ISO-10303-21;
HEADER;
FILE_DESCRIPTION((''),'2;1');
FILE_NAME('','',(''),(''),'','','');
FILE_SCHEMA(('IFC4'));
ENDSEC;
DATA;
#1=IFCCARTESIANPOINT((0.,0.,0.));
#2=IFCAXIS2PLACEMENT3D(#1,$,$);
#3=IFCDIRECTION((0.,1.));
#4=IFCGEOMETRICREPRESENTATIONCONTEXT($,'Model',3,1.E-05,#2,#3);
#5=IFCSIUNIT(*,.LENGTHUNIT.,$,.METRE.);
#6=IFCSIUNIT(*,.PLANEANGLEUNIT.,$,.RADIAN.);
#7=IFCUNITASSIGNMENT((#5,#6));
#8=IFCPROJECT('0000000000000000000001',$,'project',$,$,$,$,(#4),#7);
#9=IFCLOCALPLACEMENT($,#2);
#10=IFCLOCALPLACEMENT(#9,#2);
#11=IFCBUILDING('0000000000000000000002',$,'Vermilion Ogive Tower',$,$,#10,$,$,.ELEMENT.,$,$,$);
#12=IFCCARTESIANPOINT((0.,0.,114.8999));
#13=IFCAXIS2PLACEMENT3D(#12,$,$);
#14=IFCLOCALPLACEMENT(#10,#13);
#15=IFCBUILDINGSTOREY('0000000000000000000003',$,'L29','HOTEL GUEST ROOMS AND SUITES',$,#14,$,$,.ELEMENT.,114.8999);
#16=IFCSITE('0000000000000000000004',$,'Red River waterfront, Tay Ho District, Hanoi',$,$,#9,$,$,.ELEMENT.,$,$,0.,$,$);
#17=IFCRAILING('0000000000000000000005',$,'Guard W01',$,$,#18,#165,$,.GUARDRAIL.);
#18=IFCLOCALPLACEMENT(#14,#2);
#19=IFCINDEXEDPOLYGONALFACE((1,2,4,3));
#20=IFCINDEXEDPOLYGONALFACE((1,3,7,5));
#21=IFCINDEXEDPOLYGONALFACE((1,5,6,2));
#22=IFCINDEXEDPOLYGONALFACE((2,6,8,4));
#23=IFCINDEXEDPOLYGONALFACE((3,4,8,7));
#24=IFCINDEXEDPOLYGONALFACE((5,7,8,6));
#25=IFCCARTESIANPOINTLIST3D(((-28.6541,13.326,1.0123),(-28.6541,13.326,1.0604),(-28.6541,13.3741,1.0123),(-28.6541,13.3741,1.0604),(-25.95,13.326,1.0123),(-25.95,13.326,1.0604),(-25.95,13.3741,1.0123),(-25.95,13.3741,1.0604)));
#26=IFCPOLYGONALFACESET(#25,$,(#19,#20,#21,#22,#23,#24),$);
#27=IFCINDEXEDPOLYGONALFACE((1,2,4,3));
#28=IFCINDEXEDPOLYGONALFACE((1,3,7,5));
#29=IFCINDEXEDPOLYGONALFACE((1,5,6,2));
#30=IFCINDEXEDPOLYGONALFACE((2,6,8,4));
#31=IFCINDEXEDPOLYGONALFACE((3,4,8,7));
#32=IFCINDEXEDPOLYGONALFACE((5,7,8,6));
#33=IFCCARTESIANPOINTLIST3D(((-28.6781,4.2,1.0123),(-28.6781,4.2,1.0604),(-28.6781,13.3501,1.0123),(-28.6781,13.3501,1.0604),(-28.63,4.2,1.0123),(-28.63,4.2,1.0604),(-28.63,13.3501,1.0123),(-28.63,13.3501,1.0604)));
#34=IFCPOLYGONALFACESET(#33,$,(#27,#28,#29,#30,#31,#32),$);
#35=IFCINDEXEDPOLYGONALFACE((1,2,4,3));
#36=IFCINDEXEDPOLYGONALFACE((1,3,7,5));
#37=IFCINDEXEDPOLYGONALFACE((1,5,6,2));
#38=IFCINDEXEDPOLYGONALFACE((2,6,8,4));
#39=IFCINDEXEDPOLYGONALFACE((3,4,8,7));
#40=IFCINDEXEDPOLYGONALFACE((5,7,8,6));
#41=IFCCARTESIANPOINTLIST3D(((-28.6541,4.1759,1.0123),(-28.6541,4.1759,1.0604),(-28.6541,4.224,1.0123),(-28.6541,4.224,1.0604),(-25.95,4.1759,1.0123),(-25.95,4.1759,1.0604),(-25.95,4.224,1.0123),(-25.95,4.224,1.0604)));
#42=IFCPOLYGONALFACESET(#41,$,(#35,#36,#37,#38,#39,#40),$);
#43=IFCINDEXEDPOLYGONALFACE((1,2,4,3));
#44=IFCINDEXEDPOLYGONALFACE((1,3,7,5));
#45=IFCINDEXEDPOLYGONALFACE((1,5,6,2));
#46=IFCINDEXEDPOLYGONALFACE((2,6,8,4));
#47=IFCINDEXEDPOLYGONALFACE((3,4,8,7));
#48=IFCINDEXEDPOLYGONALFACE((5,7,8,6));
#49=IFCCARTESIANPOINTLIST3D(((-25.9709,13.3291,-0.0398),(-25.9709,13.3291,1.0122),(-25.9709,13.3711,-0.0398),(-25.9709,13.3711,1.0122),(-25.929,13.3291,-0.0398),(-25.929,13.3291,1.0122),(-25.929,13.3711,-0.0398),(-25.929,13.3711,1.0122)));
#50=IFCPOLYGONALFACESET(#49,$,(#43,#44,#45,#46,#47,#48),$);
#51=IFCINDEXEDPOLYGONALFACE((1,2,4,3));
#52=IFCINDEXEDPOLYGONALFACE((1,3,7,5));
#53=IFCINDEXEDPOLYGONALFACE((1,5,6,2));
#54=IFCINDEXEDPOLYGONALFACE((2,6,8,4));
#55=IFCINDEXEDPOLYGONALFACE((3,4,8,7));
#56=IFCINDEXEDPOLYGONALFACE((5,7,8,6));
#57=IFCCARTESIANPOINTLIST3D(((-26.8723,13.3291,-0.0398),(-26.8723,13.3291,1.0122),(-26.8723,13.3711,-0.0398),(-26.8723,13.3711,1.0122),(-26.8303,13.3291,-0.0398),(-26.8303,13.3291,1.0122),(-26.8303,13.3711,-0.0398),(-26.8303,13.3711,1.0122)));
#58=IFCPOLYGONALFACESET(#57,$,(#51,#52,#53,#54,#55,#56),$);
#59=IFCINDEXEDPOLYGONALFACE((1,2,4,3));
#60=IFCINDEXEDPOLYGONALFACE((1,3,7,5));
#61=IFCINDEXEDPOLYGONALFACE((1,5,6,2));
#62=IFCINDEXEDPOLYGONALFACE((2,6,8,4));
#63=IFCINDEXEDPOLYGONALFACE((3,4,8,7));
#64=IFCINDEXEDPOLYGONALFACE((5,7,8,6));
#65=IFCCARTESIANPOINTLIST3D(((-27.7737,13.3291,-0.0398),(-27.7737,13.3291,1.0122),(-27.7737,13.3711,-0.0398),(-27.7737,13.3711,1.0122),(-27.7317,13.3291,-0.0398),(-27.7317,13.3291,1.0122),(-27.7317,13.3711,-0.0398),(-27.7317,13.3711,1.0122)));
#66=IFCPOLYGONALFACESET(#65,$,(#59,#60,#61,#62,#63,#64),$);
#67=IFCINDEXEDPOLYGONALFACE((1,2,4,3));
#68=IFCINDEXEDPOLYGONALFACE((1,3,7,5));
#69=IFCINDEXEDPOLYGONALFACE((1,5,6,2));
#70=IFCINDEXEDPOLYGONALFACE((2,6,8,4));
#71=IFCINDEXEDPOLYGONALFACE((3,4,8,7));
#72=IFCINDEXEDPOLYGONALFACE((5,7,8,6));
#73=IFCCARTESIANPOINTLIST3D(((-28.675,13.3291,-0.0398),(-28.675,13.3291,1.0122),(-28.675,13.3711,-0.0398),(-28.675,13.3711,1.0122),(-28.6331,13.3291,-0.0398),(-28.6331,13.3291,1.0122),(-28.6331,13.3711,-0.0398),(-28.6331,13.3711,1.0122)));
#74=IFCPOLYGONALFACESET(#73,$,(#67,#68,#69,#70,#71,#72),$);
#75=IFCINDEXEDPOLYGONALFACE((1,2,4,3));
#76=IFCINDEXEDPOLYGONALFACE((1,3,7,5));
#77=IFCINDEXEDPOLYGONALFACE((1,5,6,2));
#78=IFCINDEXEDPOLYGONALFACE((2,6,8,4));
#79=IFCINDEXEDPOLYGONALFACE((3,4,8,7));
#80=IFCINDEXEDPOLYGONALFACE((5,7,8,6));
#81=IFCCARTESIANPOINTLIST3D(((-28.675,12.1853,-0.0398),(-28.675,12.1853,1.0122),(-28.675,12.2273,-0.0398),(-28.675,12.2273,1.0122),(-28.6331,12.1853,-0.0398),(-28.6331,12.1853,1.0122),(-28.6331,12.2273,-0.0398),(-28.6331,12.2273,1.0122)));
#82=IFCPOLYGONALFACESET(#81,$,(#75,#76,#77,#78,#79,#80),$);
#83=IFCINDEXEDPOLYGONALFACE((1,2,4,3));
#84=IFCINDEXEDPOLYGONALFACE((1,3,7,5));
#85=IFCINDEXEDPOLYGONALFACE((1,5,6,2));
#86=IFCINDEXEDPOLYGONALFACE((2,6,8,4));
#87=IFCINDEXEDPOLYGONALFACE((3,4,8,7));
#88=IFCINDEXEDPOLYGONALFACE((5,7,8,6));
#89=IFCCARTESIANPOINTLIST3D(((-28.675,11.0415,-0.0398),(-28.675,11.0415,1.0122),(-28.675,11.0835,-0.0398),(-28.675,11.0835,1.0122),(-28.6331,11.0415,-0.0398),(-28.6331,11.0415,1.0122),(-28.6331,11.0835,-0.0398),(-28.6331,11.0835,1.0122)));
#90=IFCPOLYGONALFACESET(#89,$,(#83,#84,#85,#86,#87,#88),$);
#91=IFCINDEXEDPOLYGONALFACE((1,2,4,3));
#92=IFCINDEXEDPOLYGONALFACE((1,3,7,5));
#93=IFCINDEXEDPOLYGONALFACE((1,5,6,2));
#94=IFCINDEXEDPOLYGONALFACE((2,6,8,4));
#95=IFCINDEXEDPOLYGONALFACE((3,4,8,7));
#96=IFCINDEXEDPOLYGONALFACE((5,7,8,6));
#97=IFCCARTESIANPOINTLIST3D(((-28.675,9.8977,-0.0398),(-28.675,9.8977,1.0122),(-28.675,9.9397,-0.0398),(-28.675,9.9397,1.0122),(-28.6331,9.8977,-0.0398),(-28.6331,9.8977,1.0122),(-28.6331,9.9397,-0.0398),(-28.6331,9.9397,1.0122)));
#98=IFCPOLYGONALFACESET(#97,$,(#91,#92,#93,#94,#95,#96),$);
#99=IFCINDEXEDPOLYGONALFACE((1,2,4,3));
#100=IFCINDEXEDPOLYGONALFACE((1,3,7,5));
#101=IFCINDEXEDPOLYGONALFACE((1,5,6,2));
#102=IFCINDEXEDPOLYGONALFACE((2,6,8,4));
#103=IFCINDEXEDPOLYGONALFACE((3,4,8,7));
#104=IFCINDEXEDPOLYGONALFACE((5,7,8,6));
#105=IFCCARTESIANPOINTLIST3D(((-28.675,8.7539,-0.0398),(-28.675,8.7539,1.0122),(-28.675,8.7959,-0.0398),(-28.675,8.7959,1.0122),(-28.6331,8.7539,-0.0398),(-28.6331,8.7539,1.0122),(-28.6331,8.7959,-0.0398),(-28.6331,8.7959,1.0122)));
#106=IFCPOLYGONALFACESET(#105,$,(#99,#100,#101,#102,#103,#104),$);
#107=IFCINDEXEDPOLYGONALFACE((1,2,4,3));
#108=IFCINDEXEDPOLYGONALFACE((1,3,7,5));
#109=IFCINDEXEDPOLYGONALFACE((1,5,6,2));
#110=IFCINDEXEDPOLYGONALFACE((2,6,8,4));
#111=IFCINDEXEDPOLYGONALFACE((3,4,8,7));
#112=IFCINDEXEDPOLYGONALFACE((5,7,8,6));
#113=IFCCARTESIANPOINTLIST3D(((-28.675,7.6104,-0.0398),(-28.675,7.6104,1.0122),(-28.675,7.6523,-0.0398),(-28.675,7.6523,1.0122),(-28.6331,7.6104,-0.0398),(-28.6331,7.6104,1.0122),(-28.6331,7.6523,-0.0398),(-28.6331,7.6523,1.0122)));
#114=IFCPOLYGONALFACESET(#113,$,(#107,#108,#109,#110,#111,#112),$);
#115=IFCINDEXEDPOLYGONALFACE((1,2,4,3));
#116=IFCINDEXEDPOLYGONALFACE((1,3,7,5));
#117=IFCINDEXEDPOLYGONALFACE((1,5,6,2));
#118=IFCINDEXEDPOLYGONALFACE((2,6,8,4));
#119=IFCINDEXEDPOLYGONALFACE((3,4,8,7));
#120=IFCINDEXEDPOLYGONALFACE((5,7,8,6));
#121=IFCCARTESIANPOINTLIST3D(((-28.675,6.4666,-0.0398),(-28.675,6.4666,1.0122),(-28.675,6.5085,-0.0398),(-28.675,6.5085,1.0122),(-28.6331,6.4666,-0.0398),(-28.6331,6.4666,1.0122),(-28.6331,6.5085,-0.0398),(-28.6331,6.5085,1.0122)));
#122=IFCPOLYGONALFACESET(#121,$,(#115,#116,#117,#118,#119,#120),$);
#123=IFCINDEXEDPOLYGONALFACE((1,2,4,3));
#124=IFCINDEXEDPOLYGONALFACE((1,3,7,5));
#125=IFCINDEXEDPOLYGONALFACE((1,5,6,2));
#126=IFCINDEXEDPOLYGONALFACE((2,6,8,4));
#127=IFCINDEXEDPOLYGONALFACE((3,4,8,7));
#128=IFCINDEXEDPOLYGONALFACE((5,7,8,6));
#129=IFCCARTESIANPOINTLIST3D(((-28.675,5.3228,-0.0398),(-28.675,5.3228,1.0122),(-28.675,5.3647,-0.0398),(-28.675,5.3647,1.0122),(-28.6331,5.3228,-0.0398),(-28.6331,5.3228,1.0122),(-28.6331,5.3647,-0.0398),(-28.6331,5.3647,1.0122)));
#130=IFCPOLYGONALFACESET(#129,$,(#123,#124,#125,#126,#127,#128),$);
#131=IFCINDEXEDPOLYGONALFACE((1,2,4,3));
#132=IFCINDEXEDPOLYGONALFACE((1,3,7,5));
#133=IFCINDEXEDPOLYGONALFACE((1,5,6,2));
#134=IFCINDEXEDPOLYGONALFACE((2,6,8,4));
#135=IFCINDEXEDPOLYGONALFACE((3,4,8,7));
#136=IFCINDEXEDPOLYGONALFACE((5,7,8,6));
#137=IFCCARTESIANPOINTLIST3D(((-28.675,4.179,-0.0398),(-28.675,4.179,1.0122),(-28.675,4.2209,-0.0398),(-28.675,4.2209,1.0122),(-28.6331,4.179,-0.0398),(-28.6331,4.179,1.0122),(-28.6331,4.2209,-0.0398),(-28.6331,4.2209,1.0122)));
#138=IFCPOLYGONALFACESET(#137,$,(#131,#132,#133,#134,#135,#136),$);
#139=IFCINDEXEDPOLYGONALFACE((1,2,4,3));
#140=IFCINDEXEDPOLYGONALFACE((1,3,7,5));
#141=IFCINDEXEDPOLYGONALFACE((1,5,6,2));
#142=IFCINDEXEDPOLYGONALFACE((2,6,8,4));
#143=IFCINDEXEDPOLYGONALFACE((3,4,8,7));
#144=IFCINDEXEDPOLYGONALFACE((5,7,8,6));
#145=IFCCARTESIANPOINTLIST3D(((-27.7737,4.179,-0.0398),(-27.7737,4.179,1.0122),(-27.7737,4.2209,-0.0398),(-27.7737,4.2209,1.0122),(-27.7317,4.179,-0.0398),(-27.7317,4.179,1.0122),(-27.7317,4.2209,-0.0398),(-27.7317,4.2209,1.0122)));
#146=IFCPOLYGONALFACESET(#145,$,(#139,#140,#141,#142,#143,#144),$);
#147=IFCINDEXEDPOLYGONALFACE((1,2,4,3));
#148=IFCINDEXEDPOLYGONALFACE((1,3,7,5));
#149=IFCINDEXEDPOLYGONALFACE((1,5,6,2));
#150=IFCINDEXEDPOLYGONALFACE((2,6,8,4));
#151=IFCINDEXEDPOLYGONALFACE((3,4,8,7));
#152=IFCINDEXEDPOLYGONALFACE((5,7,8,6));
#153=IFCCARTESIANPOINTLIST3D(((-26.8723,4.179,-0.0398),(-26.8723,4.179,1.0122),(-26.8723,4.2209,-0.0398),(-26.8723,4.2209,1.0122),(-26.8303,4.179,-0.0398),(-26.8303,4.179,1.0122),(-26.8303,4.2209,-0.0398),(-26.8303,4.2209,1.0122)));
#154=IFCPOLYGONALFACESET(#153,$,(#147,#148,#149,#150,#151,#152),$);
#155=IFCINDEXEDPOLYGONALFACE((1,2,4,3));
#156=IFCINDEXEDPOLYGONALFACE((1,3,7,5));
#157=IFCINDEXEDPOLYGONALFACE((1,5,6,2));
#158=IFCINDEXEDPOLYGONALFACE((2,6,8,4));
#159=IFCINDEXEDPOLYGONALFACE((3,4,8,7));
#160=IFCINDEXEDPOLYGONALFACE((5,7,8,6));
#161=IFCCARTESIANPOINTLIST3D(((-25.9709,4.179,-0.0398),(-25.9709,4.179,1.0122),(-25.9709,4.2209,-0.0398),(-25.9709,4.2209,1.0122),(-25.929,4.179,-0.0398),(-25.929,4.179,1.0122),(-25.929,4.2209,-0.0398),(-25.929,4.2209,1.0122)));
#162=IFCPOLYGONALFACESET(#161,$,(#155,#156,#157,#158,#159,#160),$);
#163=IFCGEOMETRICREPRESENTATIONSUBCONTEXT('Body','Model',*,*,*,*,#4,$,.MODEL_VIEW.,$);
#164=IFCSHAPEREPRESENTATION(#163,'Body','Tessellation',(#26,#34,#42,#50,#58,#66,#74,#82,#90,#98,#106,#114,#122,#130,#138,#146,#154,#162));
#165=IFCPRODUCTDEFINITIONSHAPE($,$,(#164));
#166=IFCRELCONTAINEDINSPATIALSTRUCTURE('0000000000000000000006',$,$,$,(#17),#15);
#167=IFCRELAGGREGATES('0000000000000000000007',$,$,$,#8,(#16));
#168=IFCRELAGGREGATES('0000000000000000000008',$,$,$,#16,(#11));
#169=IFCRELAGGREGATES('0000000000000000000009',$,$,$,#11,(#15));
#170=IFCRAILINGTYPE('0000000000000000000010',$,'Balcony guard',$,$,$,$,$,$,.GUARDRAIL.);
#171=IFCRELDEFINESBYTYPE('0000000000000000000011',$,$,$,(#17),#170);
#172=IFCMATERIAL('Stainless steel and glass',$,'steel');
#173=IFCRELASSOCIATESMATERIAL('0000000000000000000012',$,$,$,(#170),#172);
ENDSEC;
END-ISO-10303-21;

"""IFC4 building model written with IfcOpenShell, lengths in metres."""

from ifc_helpers import new_model, si_unit, direction, frame, origin, origin_2d, place, context, subcontext, project, spatial, rectangle, extrude, material, type_object, element, save


model = new_model("IFC4")

# Units and contexts
model_context = context("Model", 3, precision=1e-05, world=origin(), true_north=direction((0.0, 1.0)))
body_context = subcontext(model_context, "Body", "Model", "MODEL_VIEW")
ifc_project = project(units=[si_unit("LENGTHUNIT", "METRE"), si_unit("PLANEANGLEUNIT", "RADIAN")], contexts=[model_context])

# Site, building, storey
site_placement = place(None, origin())
site = spatial("IfcSite", under=ifc_project, at=site_placement, Name="Red River waterfront, Tay Ho District, Hanoi", CompositionType="ELEMENT", RefElevation=0.0)
building_placement = place(site_placement, origin())
building = spatial("IfcBuilding", under=site, at=building_placement, Name="Vermilion Ogive Tower", CompositionType="ELEMENT")
storey_placement = place(building_placement, frame((0.0, 0.0, 114.8999)))
storey = spatial("IfcBuildingStorey", under=building, at=storey_placement, Name="L29", Description="HOTEL GUEST ROOMS AND SUITES", CompositionType="ELEMENT", Elevation=114.8999)

# Railing
ifc_material_1 = material(Name="Stainless steel and glass", Category="steel")
railing_type = type_object("IfcRailingType", Name="Balcony guard", PredefinedType="GUARDRAIL", material=ifc_material_1)
railing_1_placement = place(storey_placement, frame((-25.95, 13.3501, -0.0398)))
element("IfcRailing", 1, at=railing_1_placement, inside=storey, type_object=railing_type, Name="Guard W01", PredefinedType="GUARDRAIL", context=body_context, shape_type="SweptSolid", body=[
    extrude(rectangle(XDim=0.0481, YDim=0.0481, at=origin_2d()), frame((0.0, 0.0, 1.0762), z_axis=(-1.0, 0.0, 0.0), x_axis=(0.0, -1.0, 0.0)), (0.0, 0.0, 1.0), 2.7041),
    extrude(rectangle(XDim=0.0481, YDim=0.0481, at=origin_2d()), frame((-2.7041, 0.0, 1.0762), z_axis=(0.0, -1.0, 0.0), x_axis=(1.0, 0.0, 0.0)), (0.0, 0.0, 1.0), 9.1501),
    extrude(rectangle(XDim=0.0481, YDim=0.0481, at=origin_2d()), frame((-2.7041, -9.1501, 1.0762), z_axis=(1.0, 0.0, 0.0), x_axis=(0.0, 1.0, 0.0)), (0.0, 0.0, 1.0), 2.7041),
    extrude(rectangle(XDim=0.042, YDim=0.042, at=origin_2d()), origin(), (0.0, 0.0, 1.0), 1.052),
    extrude(rectangle(XDim=0.042, YDim=0.042, at=origin_2d()), frame((-0.9014, 0.0, 0.0)), (0.0, 0.0, 1.0), 1.052),
    extrude(rectangle(XDim=0.042, YDim=0.042, at=origin_2d()), frame((-1.8027, 0.0, 0.0)), (0.0, 0.0, 1.0), 1.052),
    extrude(rectangle(XDim=0.042, YDim=0.042, at=origin_2d()), frame((-2.7041, 0.0, 0.0)), (0.0, 0.0, 1.0), 1.052),
    extrude(rectangle(XDim=0.042, YDim=0.042, at=origin_2d()), frame((-2.7041, -1.1438, 0.0)), (0.0, 0.0, 1.0), 1.052),
    extrude(rectangle(XDim=0.042, YDim=0.042, at=origin_2d()), frame((-2.7041, -2.2876, 0.0)), (0.0, 0.0, 1.0), 1.052),
    extrude(rectangle(XDim=0.042, YDim=0.042, at=origin_2d()), frame((-2.7041, -3.4314, 0.0)), (0.0, 0.0, 1.0), 1.052),
    extrude(rectangle(XDim=0.042, YDim=0.042, at=origin_2d()), frame((-2.7041, -4.5752, 0.0)), (0.0, 0.0, 1.0), 1.052),
    extrude(rectangle(XDim=0.042, YDim=0.042, at=origin_2d()), frame((-2.7041, -5.7188, 0.0)), (0.0, 0.0, 1.0), 1.052),
    extrude(rectangle(XDim=0.042, YDim=0.042, at=origin_2d()), frame((-2.7041, -6.8625, 0.0)), (0.0, 0.0, 1.0), 1.052),
    extrude(rectangle(XDim=0.042, YDim=0.042, at=origin_2d()), frame((-2.7041, -8.0063, 0.0)), (0.0, 0.0, 1.0), 1.052),
    extrude(rectangle(XDim=0.042, YDim=0.042, at=origin_2d()), frame((-2.7041, -9.1501, 0.0)), (0.0, 0.0, 1.0), 1.052),
    extrude(rectangle(XDim=0.042, YDim=0.042, at=origin_2d()), frame((-1.8027, -9.1501, 0.0)), (0.0, 0.0, 1.0), 1.052),
    extrude(rectangle(XDim=0.042, YDim=0.042, at=origin_2d()), frame((-0.9014, -9.1501, 0.0)), (0.0, 0.0, 1.0), 1.052),
    extrude(rectangle(XDim=0.042, YDim=0.042, at=origin_2d()), frame((0.0, -9.1501, 0.0)), (0.0, 0.0, 1.0), 1.052),
])

save(model, "model.ifc")
